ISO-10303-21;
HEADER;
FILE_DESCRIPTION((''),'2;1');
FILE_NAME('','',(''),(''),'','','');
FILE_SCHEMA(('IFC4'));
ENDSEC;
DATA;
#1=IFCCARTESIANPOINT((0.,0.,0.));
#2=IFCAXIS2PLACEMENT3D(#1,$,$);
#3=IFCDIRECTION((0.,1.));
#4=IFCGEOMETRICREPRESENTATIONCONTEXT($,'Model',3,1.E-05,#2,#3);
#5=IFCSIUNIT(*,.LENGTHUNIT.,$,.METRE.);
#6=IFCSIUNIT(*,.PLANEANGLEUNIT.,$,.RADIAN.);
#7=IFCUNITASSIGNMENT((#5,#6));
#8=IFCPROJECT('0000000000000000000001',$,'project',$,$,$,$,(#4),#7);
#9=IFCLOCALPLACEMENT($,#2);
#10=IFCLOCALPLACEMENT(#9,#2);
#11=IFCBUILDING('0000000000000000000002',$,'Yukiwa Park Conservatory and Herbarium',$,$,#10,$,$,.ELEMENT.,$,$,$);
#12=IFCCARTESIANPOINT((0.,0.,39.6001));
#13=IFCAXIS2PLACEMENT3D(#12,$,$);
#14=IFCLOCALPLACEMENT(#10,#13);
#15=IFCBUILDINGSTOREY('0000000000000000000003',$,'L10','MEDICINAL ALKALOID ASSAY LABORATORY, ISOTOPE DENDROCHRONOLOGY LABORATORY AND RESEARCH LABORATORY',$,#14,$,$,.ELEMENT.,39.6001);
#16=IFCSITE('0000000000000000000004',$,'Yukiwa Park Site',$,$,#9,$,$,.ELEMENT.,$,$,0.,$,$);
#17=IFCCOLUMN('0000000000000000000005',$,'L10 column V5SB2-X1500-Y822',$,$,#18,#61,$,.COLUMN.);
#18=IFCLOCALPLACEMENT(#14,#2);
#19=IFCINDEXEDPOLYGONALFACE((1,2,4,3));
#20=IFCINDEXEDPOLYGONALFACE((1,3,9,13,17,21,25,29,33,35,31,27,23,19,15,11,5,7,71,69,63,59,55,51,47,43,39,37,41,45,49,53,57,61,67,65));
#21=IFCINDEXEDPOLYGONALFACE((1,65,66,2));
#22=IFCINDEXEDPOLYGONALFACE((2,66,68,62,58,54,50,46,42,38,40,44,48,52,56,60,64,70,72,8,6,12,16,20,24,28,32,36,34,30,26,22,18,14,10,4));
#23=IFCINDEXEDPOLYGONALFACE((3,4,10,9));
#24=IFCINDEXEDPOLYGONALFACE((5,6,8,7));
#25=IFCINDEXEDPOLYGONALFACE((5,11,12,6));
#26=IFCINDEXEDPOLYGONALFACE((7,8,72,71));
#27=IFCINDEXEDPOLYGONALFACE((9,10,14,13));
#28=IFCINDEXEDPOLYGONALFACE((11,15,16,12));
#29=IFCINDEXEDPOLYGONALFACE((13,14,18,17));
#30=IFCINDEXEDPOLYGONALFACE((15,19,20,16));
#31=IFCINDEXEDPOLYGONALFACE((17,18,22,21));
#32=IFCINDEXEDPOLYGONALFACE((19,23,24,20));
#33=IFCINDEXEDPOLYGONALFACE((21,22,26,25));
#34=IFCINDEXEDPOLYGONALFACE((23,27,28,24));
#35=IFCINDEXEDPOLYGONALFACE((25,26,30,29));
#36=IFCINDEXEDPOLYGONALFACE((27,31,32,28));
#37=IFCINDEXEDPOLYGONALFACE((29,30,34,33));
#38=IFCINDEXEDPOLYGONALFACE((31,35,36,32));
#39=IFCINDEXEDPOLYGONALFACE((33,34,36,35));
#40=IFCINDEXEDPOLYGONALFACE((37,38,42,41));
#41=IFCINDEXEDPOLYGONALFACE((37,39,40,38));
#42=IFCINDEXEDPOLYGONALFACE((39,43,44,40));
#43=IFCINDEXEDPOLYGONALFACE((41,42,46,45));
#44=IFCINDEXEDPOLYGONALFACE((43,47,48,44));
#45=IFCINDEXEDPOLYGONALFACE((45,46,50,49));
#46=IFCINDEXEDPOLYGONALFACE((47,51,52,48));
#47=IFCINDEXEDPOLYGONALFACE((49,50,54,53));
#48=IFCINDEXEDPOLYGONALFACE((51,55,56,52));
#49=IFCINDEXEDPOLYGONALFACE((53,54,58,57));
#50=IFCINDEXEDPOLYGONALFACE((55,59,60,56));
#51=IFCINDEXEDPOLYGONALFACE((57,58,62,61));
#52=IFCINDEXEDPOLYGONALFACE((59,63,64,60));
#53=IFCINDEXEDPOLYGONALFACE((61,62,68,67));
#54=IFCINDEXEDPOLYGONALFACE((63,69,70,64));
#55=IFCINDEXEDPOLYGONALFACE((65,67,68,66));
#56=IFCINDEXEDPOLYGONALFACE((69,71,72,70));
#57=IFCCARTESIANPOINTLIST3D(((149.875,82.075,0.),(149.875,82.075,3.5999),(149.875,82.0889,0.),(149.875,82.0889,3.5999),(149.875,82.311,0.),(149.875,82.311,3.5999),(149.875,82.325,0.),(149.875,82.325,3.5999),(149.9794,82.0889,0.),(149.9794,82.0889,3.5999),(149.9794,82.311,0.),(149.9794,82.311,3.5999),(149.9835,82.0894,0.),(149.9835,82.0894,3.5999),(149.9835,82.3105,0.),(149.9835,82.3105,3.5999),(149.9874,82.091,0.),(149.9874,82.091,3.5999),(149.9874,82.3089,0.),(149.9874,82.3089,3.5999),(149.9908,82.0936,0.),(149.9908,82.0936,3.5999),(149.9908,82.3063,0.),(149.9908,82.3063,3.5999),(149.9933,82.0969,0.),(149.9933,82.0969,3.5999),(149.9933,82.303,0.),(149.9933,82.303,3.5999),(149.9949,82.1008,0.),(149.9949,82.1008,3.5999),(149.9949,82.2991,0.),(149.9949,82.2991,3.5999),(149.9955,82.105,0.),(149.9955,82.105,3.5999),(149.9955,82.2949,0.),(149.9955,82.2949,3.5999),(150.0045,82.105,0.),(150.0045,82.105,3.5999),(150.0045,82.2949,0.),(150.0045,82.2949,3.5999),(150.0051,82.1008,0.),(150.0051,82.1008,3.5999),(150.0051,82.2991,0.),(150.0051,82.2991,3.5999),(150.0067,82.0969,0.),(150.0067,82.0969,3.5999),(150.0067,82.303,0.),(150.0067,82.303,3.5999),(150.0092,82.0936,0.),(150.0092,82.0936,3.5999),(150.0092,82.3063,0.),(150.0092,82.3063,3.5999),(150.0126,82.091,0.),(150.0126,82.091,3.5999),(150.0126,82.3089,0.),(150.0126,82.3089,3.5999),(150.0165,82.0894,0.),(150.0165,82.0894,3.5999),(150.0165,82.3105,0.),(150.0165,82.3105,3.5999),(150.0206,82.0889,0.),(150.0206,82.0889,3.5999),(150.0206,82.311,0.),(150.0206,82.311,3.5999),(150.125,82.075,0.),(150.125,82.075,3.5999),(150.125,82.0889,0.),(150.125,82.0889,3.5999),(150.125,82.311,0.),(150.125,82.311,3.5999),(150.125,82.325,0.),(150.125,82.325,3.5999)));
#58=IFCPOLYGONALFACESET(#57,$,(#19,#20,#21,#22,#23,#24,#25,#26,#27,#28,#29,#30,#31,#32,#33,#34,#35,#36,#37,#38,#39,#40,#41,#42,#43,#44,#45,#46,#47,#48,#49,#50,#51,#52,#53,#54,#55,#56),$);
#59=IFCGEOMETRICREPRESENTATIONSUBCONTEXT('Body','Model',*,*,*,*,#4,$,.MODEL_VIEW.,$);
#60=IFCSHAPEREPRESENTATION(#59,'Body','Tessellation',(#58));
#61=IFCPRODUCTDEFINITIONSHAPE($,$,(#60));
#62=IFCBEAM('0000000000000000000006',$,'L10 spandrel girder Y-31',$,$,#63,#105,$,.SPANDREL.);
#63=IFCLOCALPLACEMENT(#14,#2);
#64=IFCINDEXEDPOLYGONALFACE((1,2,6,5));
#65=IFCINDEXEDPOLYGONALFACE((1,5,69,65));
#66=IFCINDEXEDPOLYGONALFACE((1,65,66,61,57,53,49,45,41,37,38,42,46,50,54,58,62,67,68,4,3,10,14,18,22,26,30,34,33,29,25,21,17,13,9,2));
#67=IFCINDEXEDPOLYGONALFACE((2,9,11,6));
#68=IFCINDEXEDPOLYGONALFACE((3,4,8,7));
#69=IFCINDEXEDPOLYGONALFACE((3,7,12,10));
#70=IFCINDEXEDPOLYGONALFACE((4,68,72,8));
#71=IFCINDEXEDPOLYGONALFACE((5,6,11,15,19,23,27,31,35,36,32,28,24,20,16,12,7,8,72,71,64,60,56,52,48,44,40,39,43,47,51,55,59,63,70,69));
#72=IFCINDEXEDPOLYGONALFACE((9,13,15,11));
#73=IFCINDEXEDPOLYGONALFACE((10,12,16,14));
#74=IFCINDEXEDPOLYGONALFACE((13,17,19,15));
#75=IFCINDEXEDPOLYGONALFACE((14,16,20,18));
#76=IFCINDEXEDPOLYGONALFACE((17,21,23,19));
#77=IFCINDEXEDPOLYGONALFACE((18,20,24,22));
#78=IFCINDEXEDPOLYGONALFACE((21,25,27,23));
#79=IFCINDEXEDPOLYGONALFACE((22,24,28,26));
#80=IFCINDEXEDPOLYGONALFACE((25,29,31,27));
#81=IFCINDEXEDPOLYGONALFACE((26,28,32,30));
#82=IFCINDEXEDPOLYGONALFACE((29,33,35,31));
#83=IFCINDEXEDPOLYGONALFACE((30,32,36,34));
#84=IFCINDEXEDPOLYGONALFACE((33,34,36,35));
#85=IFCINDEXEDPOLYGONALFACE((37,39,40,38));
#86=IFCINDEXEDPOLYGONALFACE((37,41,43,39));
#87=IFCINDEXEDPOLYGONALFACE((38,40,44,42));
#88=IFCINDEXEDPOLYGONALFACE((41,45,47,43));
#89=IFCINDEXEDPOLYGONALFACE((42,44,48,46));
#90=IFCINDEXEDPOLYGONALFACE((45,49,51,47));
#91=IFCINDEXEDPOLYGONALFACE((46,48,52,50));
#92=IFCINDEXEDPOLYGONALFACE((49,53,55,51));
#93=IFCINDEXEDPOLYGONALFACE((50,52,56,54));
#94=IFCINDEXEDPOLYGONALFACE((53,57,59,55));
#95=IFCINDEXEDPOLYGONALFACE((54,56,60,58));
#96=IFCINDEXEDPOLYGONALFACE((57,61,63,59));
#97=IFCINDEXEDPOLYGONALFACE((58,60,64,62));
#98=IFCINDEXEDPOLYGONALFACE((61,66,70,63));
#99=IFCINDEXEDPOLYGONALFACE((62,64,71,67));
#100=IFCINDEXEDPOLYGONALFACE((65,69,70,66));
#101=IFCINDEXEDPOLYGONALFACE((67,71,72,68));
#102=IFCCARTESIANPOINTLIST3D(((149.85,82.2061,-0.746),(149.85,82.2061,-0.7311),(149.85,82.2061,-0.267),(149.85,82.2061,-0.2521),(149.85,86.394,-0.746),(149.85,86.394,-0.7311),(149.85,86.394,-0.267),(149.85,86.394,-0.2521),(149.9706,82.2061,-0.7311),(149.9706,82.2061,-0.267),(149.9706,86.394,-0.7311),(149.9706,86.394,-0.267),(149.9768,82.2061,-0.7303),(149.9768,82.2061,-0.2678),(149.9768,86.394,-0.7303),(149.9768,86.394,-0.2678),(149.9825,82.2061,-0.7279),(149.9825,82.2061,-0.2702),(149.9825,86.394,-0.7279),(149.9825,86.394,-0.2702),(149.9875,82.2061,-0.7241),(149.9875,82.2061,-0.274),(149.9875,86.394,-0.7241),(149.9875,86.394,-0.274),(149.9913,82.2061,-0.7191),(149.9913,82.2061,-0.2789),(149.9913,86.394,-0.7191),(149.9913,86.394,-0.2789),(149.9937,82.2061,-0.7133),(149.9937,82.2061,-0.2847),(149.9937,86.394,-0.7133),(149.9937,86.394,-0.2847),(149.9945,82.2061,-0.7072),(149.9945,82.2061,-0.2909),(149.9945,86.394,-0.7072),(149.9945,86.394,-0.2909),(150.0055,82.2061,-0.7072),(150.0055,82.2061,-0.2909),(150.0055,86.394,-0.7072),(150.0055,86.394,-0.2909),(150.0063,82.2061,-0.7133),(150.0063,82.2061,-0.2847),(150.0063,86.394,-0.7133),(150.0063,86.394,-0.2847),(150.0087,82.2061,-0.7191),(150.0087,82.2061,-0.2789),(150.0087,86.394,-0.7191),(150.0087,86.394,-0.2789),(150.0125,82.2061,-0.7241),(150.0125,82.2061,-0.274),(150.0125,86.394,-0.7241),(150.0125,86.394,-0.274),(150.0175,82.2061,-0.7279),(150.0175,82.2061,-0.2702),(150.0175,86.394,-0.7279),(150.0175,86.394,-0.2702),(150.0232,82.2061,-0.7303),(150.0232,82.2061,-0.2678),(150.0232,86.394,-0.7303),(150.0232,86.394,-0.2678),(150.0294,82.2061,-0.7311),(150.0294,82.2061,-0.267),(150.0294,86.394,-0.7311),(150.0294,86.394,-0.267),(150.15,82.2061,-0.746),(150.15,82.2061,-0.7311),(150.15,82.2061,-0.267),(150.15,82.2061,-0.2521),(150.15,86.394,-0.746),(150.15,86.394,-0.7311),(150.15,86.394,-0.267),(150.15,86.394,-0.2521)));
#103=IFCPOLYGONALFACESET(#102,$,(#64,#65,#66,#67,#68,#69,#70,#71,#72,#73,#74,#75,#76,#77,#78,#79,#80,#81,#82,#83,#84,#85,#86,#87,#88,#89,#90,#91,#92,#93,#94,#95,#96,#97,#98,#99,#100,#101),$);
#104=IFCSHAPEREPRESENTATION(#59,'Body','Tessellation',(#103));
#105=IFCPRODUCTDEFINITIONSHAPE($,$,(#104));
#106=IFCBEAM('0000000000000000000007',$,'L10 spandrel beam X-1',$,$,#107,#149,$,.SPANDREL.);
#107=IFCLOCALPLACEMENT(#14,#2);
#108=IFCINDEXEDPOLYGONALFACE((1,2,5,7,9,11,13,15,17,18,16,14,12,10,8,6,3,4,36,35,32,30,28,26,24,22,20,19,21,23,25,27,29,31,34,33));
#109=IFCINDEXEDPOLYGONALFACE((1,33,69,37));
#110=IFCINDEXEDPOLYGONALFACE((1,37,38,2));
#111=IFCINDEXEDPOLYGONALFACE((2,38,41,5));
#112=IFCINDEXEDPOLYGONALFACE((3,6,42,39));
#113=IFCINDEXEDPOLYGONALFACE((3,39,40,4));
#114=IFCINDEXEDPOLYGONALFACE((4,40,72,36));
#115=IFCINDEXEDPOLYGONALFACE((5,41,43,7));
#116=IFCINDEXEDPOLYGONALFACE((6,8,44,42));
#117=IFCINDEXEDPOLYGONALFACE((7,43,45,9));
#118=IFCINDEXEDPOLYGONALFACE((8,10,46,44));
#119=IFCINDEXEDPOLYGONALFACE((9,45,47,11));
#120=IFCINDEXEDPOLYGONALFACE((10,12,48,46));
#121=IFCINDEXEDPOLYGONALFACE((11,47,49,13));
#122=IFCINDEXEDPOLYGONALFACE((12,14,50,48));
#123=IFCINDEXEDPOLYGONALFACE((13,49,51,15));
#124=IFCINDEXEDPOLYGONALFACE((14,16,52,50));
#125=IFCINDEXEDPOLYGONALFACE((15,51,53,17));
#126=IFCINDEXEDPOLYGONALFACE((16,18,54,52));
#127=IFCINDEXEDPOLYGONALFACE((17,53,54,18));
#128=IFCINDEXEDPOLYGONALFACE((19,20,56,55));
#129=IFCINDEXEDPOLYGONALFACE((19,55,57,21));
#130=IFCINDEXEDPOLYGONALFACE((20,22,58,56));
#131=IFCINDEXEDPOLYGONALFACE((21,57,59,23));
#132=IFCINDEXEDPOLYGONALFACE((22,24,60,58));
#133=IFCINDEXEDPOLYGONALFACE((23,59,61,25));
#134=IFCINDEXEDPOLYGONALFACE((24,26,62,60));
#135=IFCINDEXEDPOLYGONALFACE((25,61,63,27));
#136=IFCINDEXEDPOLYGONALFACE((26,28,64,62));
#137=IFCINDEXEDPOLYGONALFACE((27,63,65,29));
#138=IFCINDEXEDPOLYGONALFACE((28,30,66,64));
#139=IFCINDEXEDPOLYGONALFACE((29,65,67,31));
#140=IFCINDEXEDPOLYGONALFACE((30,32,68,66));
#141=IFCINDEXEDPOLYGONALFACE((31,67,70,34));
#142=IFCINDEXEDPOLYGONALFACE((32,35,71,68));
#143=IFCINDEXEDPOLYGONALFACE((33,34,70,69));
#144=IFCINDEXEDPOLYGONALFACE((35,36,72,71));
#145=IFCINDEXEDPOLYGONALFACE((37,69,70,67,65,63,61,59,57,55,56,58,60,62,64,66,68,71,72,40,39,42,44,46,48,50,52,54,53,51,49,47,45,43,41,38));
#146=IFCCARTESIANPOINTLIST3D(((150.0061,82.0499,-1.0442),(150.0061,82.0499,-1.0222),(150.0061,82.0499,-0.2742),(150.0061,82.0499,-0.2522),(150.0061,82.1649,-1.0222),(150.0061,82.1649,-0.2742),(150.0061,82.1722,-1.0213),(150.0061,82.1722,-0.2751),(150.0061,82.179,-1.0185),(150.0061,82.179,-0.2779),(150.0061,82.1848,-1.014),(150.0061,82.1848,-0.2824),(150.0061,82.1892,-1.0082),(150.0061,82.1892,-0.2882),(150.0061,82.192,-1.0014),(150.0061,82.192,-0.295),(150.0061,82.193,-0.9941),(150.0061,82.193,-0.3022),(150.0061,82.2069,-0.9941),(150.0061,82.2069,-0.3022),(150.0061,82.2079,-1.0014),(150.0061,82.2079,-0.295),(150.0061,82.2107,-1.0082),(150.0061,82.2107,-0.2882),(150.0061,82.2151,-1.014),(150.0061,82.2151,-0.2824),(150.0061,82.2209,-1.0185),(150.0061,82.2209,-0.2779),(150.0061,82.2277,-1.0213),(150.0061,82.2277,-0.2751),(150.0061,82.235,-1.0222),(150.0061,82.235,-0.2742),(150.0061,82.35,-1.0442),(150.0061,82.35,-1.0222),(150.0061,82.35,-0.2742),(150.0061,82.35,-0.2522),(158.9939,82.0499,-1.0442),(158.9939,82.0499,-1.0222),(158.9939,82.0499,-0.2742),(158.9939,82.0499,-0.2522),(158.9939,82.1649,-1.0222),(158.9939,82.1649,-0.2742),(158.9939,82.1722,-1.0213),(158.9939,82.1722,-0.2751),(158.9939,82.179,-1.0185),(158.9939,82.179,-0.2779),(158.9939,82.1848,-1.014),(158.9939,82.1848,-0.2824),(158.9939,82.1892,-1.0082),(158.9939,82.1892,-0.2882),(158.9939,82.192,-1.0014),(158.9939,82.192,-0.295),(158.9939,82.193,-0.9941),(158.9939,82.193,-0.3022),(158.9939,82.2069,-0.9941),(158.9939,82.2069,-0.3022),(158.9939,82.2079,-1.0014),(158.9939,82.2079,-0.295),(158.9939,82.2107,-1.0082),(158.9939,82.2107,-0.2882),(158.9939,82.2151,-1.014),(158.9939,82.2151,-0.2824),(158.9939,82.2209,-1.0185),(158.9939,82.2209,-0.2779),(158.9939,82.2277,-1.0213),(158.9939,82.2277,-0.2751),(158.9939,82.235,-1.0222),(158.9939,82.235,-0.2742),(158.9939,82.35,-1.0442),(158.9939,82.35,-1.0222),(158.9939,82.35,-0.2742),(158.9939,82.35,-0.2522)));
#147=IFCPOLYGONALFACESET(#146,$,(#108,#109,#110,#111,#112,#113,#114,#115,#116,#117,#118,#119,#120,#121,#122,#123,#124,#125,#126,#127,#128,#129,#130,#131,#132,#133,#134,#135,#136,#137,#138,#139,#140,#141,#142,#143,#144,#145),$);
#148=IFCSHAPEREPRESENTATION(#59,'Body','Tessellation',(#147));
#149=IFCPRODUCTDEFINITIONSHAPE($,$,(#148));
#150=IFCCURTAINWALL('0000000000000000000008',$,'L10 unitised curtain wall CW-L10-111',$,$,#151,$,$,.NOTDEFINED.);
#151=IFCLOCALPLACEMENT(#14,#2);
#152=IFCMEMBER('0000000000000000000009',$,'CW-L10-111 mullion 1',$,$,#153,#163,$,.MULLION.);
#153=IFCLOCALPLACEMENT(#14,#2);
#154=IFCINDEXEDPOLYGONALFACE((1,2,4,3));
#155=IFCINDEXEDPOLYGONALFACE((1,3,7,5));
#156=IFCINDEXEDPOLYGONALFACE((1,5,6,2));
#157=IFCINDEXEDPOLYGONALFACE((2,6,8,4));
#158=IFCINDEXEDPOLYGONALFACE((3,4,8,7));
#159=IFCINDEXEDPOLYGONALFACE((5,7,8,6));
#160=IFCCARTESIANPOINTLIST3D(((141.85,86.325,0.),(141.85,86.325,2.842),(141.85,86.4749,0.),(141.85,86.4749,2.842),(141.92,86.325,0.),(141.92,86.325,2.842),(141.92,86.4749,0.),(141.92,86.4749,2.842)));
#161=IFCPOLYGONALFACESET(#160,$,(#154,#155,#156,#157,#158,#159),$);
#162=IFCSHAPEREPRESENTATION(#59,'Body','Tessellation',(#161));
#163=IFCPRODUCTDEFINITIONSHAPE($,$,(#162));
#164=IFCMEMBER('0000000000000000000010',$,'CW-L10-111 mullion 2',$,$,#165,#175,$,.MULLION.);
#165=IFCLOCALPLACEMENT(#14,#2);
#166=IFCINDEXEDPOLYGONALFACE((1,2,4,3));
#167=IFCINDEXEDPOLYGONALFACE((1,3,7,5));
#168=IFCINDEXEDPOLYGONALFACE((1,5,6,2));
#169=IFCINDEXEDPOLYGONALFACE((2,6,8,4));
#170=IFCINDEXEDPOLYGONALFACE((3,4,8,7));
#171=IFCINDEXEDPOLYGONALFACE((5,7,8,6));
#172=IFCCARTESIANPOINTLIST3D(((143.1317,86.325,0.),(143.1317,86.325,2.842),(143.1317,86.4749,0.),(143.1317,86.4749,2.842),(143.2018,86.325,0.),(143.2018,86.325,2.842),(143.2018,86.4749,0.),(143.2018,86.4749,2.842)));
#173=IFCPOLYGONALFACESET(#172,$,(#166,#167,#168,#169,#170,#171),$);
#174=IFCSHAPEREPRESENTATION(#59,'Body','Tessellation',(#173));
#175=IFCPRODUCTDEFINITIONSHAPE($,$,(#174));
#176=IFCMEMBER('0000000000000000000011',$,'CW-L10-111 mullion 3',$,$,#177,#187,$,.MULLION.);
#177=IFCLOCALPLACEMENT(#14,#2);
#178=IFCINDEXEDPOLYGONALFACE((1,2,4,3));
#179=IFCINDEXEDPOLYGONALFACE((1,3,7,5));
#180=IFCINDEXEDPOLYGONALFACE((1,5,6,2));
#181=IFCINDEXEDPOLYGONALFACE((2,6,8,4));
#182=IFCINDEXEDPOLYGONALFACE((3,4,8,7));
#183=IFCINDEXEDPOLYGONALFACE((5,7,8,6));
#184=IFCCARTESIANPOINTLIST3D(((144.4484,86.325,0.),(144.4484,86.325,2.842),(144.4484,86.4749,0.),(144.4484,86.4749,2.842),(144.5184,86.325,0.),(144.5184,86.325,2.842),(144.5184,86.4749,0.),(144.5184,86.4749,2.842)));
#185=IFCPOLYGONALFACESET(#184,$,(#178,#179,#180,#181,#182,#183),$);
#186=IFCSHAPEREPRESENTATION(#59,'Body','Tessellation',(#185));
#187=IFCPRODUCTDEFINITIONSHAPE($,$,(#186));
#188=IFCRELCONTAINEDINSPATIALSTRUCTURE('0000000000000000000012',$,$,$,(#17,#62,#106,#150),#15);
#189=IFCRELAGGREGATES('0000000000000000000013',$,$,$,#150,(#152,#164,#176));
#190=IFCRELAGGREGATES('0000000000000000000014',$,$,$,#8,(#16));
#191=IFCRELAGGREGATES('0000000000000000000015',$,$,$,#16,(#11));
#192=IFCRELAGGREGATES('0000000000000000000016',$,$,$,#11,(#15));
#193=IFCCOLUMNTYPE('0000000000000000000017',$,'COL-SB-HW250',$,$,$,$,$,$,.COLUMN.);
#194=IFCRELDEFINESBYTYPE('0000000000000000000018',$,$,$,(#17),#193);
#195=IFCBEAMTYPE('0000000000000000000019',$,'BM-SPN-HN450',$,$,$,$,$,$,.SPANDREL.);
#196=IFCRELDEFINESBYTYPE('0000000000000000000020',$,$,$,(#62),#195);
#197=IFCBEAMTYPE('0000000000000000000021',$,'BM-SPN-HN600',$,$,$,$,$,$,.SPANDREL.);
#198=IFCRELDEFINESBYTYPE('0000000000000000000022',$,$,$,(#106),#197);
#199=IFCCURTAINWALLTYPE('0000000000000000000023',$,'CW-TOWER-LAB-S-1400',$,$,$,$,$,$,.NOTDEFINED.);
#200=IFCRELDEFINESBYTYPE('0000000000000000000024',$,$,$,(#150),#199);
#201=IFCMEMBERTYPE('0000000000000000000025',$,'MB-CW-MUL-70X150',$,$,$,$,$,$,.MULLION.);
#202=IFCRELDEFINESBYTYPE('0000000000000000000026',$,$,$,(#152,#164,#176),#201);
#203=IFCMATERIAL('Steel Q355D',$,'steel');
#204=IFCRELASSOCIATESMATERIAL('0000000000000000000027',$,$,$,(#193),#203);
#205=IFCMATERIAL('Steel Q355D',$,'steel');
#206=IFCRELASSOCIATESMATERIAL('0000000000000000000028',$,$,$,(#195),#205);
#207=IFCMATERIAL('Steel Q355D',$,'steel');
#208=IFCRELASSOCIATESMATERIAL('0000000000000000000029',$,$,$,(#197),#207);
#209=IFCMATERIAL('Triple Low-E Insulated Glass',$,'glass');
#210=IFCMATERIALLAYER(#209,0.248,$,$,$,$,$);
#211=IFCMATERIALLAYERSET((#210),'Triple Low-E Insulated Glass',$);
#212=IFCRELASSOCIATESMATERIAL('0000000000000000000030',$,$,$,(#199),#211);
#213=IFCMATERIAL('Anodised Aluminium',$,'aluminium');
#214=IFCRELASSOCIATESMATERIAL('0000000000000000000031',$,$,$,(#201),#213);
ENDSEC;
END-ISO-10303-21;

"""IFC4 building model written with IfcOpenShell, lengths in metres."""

from ifc_helpers import new_model, si_unit, direction, frame, origin, origin_2d, place, context, subcontext, project, spatial, rectangle, i_section, extrude, material, layer, layer_set, material_profile, profile_set, type_object, element, aggregate, save


model = new_model("IFC4")

# Units and contexts
model_context = context("Model", 3, precision=1e-05, world=origin(), true_north=direction((0.0, 1.0)))
body_context = subcontext(model_context, "Body", "Model", "MODEL_VIEW")
ifc_project = project(units=[si_unit("LENGTHUNIT", "METRE"), si_unit("PLANEANGLEUNIT", "RADIAN")], contexts=[model_context])

# Site, building, storey
site_placement = place(None, origin())
site = spatial("IfcSite", under=ifc_project, at=site_placement, Name="Yukiwa Park Site", CompositionType="ELEMENT", RefElevation=0.0)
building_placement = place(site_placement, origin())
building = spatial("IfcBuilding", under=site, at=building_placement, Name="Yukiwa Park Conservatory and Herbarium", CompositionType="ELEMENT")
storey_placement = place(building_placement, frame((0.0, 0.0, 39.6001)))
storey = spatial("IfcBuildingStorey", under=building, at=storey_placement, Name="L10", Description="MEDICINAL ALKALOID ASSAY LABORATORY, ISOTOPE DENDROCHRONOLOGY LABORATORY AND RESEARCH LABORATORY", CompositionType="ELEMENT", Elevation=39.6001)

# Column
ifc_material_1 = material(Name="Steel Q355D", Category="steel")
ifc_material_profile_1 = material_profile(ifc_material_1, i_section(OverallWidth=0.25, OverallDepth=0.25, WebThickness=0.009, FlangeThickness=0.0139, FilletRadius=0.0161, at=origin_2d()), Name="HW 250x250x9x14")
ifc_profile_set_1 = profile_set([ifc_material_profile_1], Name="Steel Q355D")
column_type = type_object("IfcColumnType", Name="COL-SB-HW250", PredefinedType="COLUMN", material=ifc_profile_set_1)
column_placement = place(storey_placement, frame((150.0, 82.2, 0.0), z_axis=(0.0, 0.0, 1.0), x_axis=(1.0, 0.0, 0.0)))
element("IfcColumn", 1, at=column_placement, inside=storey, type_object=column_type, Name="L10 column V5SB2-X1500-Y822", PredefinedType="COLUMN", context=body_context, shape_type="SweptSolid", body=[
    extrude(i_section(OverallWidth=0.25, OverallDepth=0.25, WebThickness=0.009, FlangeThickness=0.0139, FilletRadius=0.0161, at=origin_2d()), origin(), (0.0, 0.0, 1.0), 3.5999),
])

# Beams
ifc_material_2 = material(Name="Steel Q355D", Category="steel")
ifc_material_profile_2 = material_profile(ifc_material_2, i_section(OverallWidth=0.3, OverallDepth=0.4939, WebThickness=0.011, FlangeThickness=0.0149, FilletRadius=0.0239, at=origin_2d()), Name="HM 494x300x11x15")
ifc_profile_set_2 = profile_set([ifc_material_profile_2], Name="Steel Q355D")
beam_type_1 = type_object("IfcBeamType", Name="BM-SPN-HN450", PredefinedType="SPANDREL", material=ifc_profile_set_2)
beam_1_placement = place(storey_placement, frame((150.0, 82.2061, -0.499), z_axis=(0.0, 1.0, 0.0), x_axis=(-1.0, 0.0, 0.0)))
element("IfcBeam", 2, at=beam_1_placement, inside=storey, type_object=beam_type_1, Name="L10 spandrel girder Y-31", PredefinedType="SPANDREL", context=body_context, shape_type="SweptSolid", body=[
    extrude(i_section(OverallWidth=0.3, OverallDepth=0.4939, WebThickness=0.011, FlangeThickness=0.0149, FilletRadius=0.0239, at=origin_2d()), origin(), (0.0, 0.0, 1.0), 4.188),
])
ifc_material_3 = material(Name="Steel Q355D", Category="steel")
ifc_material_profile_3 = material_profile(ifc_material_3, i_section(OverallWidth=0.3, OverallDepth=0.792, WebThickness=0.0139, FlangeThickness=0.022, FilletRadius=0.0281, at=origin_2d()), Name="HN 792x300x14x22")
ifc_profile_set_3 = profile_set([ifc_material_profile_3], Name="Steel Q355D")
beam_type_2 = type_object("IfcBeamType", Name="BM-SPN-HN600", PredefinedType="SPANDREL", material=ifc_profile_set_3)
beam_2_placement = place(storey_placement, frame((150.0061, 82.2, -0.6482), z_axis=(1.0, 0.0, 0.0), x_axis=(0.0, 1.0, 0.0)))
element("IfcBeam", 3, at=beam_2_placement, inside=storey, type_object=beam_type_2, Name="L10 spandrel beam X-1", PredefinedType="SPANDREL", context=body_context, shape_type="SweptSolid", body=[
    extrude(i_section(OverallWidth=0.3, OverallDepth=0.792, WebThickness=0.0139, FlangeThickness=0.022, FilletRadius=0.0281, at=origin_2d()), origin(), (0.0, 0.0, 1.0), 8.9878),
])

# Curtain wall, members
ifc_material_4 = material(Name="Triple Low-E Insulated Glass", Category="glass")
ifc_layer_1 = layer(ifc_material_4, 0.248)
ifc_layer_set_1 = layer_set([ifc_layer_1], Name="Triple Low-E Insulated Glass")
curtain_wall_type = type_object("IfcCurtainWallType", Name="CW-TOWER-LAB-S-1400", PredefinedType="NOTDEFINED", material=ifc_layer_set_1)
curtain_wall_placement = place(storey_placement, origin())
curtain_wall = element("IfcCurtainWall", 4, at=curtain_wall_placement, inside=storey, type_object=curtain_wall_type, Name="L10 unitised curtain wall CW-L10-111", PredefinedType="NOTDEFINED")
ifc_material_5 = material(Name="Anodised Aluminium", Category="aluminium")
member_type_1 = type_object("IfcMemberType", Name="MB-CW-MUL-70X150", PredefinedType="MULLION", material=ifc_material_5)
member_1_placement = place(storey_placement, frame((141.885, 86.3999, 0.0), z_axis=(0.0, 0.0, 1.0), x_axis=(1.0, 0.0, 0.0)))
member_1 = element("IfcMember", 5, at=member_1_placement, type_object=member_type_1, Name="CW-L10-111 mullion 1", PredefinedType="MULLION", context=body_context, shape_type="SweptSolid", body=[
    extrude(rectangle(XDim=0.0701, YDim=0.1499, at=origin_2d()), origin(), (0.0, 0.0, 1.0), 2.842),
])
member_2_placement = place(storey_placement, frame((143.1667, 86.3999, 0.0), z_axis=(0.0, 0.0, 1.0), x_axis=(1.0, 0.0, 0.0)))
member_2 = element("IfcMember", 6, at=member_2_placement, type_object=member_type_1, Name="CW-L10-111 mullion 2", PredefinedType="MULLION", context=body_context, shape_type="SweptSolid", body=[
    extrude(rectangle(XDim=0.0701, YDim=0.1499, at=origin_2d()), origin(), (0.0, 0.0, 1.0), 2.842),
])
member_3_placement = place(storey_placement, frame((144.4834, 86.3999, 0.0), z_axis=(0.0, 0.0, 1.0), x_axis=(1.0, 0.0, 0.0)))
member_3 = element("IfcMember", 7, at=member_3_placement, type_object=member_type_1, Name="CW-L10-111 mullion 3", PredefinedType="MULLION", context=body_context, shape_type="SweptSolid", body=[
    extrude(rectangle(XDim=0.0701, YDim=0.1499, at=origin_2d()), origin(), (0.0, 0.0, 1.0), 2.842),
])
aggregate(curtain_wall, [member_1, member_2, member_3])

save(model, "model.ifc")
